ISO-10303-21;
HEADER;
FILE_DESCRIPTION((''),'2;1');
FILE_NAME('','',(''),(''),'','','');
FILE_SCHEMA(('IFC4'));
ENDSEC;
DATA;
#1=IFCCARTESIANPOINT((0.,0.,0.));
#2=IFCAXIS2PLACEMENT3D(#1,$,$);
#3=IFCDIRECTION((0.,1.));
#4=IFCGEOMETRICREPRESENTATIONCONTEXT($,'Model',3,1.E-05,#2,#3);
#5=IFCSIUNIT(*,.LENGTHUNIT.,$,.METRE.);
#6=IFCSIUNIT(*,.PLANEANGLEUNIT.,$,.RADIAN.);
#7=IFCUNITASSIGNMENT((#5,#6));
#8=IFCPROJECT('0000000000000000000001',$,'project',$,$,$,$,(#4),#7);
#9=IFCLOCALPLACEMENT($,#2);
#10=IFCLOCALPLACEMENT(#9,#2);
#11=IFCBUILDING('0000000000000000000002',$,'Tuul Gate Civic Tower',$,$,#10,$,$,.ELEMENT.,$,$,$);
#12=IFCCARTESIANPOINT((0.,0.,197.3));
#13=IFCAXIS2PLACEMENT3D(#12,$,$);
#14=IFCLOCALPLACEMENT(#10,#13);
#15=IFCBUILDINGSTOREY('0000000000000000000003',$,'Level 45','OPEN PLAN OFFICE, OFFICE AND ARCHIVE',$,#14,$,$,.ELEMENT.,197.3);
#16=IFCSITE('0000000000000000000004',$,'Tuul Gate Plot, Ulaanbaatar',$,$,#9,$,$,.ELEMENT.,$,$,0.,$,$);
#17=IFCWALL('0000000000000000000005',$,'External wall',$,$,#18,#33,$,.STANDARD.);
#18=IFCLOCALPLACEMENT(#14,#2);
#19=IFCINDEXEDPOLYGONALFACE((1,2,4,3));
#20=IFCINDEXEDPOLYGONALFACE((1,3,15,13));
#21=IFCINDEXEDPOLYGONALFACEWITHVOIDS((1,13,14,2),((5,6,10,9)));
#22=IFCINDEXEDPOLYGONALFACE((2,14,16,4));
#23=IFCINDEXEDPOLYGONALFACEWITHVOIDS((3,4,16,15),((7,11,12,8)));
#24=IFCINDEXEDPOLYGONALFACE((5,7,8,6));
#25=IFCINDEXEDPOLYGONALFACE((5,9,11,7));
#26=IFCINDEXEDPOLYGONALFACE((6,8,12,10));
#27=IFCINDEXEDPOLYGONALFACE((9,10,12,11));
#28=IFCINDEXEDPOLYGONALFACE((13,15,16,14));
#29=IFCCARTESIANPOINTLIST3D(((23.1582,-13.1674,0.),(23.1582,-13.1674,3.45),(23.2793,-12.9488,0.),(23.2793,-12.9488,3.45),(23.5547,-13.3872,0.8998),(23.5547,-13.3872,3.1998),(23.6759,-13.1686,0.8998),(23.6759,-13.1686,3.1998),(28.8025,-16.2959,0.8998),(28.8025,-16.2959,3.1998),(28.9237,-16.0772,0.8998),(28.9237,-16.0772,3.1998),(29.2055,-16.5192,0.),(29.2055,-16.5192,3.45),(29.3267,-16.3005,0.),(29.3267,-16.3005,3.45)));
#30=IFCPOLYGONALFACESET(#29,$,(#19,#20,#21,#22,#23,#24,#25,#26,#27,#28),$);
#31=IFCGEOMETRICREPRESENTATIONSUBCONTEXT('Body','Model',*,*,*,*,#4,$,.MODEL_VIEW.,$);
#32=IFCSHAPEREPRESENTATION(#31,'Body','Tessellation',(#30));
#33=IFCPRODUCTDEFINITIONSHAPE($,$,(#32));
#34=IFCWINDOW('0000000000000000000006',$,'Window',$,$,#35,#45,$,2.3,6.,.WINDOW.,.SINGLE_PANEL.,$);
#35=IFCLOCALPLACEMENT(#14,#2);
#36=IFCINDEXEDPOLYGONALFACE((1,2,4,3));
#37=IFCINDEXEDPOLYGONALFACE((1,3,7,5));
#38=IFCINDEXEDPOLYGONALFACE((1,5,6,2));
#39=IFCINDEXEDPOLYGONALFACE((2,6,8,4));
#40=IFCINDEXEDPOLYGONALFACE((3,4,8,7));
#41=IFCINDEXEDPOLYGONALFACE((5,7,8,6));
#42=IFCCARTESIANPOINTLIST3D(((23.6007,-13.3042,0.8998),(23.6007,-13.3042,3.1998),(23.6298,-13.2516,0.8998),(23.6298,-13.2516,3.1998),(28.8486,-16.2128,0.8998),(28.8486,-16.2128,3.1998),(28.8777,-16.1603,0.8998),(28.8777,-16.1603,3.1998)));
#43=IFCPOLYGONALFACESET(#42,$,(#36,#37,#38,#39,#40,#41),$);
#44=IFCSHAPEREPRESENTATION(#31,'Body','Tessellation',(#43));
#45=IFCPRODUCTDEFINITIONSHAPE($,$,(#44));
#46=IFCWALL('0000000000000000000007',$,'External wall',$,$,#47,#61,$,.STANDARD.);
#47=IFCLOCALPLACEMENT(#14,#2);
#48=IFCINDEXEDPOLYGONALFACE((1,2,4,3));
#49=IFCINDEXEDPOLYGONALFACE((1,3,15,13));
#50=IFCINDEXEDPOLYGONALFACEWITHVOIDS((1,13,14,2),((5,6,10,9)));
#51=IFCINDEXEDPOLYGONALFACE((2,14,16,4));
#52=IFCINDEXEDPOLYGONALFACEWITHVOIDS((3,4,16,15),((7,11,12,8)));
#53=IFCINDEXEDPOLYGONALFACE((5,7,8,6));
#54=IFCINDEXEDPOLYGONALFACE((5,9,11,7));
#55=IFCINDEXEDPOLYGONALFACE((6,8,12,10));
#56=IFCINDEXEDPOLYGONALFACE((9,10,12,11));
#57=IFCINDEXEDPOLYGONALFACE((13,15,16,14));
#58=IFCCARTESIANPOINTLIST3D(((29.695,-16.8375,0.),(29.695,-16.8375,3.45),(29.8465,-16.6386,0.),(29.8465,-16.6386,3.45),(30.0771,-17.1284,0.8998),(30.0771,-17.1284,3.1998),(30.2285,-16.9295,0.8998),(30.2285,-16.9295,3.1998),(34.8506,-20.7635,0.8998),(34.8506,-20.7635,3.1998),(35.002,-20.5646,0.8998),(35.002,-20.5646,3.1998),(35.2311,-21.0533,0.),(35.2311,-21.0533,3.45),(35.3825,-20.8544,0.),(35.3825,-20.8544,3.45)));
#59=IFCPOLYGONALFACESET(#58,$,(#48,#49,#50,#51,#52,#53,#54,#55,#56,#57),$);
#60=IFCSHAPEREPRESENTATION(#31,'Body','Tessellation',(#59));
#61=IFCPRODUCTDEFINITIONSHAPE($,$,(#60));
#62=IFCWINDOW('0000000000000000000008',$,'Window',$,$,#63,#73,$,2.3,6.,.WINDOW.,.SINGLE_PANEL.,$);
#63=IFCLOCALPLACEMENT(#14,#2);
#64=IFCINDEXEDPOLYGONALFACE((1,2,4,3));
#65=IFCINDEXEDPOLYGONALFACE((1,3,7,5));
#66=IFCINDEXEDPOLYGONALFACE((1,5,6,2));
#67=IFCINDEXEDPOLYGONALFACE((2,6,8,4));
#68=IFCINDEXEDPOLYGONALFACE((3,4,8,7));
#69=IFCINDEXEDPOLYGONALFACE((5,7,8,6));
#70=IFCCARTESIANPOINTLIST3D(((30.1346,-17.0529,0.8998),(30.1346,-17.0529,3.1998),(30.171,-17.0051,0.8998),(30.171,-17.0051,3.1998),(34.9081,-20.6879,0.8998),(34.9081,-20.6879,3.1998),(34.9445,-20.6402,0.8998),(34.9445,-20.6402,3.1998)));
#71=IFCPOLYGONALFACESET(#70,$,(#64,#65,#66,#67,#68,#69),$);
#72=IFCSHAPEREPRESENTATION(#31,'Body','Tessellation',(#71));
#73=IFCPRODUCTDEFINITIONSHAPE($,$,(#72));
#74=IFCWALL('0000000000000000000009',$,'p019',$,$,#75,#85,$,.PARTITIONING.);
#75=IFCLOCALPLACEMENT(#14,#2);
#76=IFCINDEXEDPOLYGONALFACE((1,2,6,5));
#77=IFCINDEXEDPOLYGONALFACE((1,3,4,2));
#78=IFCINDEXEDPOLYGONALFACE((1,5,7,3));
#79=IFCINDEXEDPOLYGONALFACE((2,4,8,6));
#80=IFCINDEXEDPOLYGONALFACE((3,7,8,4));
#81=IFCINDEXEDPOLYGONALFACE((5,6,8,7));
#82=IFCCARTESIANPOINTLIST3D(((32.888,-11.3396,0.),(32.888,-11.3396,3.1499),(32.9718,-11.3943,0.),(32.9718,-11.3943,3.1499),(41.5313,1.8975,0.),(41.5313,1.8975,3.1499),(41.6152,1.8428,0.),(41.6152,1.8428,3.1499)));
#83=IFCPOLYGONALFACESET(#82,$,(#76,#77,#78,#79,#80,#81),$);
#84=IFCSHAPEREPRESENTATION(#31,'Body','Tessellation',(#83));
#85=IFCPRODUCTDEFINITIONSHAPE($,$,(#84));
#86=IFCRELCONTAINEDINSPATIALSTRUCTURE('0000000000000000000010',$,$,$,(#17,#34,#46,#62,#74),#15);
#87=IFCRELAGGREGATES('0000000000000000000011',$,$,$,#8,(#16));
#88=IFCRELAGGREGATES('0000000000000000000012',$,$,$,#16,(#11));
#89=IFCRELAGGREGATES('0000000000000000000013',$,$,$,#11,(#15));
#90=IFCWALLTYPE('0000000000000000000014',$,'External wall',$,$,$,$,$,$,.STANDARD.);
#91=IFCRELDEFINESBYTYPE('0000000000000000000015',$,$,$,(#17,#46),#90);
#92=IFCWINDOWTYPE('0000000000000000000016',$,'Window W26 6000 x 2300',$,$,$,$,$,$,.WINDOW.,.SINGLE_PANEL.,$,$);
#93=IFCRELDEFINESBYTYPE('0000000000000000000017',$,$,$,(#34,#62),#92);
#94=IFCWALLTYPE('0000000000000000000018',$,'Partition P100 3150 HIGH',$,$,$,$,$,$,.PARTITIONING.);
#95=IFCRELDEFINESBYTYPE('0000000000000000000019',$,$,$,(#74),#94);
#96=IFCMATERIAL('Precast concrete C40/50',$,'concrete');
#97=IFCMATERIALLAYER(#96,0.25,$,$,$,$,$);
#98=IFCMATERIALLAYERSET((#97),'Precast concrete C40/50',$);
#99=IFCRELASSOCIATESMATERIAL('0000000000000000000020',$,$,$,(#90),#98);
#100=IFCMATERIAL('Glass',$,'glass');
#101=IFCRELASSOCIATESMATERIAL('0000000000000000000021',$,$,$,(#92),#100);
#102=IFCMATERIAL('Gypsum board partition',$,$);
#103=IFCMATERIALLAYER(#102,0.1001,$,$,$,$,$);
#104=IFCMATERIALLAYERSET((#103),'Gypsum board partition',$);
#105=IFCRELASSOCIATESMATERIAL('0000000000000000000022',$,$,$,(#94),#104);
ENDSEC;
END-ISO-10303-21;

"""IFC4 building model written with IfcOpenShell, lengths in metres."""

from ifc_helpers import new_model, si_unit, direction, frame, frame_2d, origin, place, context, subcontext, project, spatial, rectangle, extrude, material, layer, layer_set, type_object, element, fill, save


model = new_model("IFC4")

# Units and contexts
model_context = context("Model", 3, precision=1e-05, world=origin(), true_north=direction((0.0, 1.0)))
body_context = subcontext(model_context, "Body", "Model", "MODEL_VIEW")
ifc_project = project(units=[si_unit("LENGTHUNIT", "METRE"), si_unit("PLANEANGLEUNIT", "RADIAN")], contexts=[model_context])

# Site, building, storey
site_placement = place(None, origin())
site = spatial("IfcSite", under=ifc_project, at=site_placement, Name="Tuul Gate Plot, Ulaanbaatar", CompositionType="ELEMENT", RefElevation=0.0)
building_placement = place(site_placement, origin())
building = spatial("IfcBuilding", under=site, at=building_placement, Name="Tuul Gate Civic Tower", CompositionType="ELEMENT")
storey_placement = place(building_placement, frame((0.0, 0.0, 197.3)))
storey = spatial("IfcBuildingStorey", under=building, at=storey_placement, Name="Level 45", Description="OPEN PLAN OFFICE, OFFICE AND ARCHIVE", CompositionType="ELEMENT", Elevation=197.3)

# Walls, openings, windows
ifc_material_1 = material(Name="Precast concrete C40/50", Category="concrete")
ifc_layer_1 = layer(ifc_material_1, 0.25)
ifc_layer_set_1 = layer_set([ifc_layer_1], Name="Precast concrete C40/50")
wall_type_1 = type_object("IfcWallType", Name="External wall", PredefinedType="STANDARD", material=ifc_layer_set_1)
wall_1_placement = place(storey_placement, frame((23.2188, -13.0581, 0.0), z_axis=(0.0, 0.0, 1.0), x_axis=(0.874638, -0.484776, 0.0)))
wall_1 = element("IfcWall", 1, at=wall_1_placement, inside=storey, type_object=wall_type_1, Name="External wall", PredefinedType="STANDARD", context=body_context, shape_type="SweptSolid", body=[
    extrude(rectangle(XDim=6.9141, YDim=0.25, at=frame_2d((3.457, 0.0))), origin(), (0.0, 0.0, 1.0), 3.45),
])
opening_1_placement = place(wall_1_placement, frame((0.4534, 0.0, 0.8999)))
opening_1 = element("IfcOpeningElement", 2, at=opening_1_placement, cuts=wall_1, PredefinedType="OPENING", context=body_context, shape_type="SweptSolid", body=[
    extrude(rectangle(XDim=6.0, YDim=2.3, at=frame_2d((3.0, 1.1499))), frame((0.0, 0.135, 0.0), z_axis=(0.0, -1.0, 0.0), x_axis=(1.0, 0.0, 0.0)), (0.0, 0.0, 1.0), 0.27),
])
ifc_material_2 = material(Name="Glass", Category="glass")
window_type = type_object("IfcWindowType", Name="Window W26 6000 x 2300", PartitioningType="SINGLE_PANEL", PredefinedType="WINDOW", material=ifc_material_2)
window_1_placement = place(opening_1_placement, origin())
window_1 = element("IfcWindow", 3, at=window_1_placement, inside=storey, type_object=window_type, Name="Window", OverallHeight=2.3, OverallWidth=6.0, PartitioningType="SINGLE_PANEL", PredefinedType="WINDOW", context=body_context, shape_type="SweptSolid", body=[
    extrude(rectangle(XDim=6.0, YDim=2.3, at=frame_2d((3.0, 1.1499))), frame((0.0, 0.03, 0.0), z_axis=(0.0, -1.0, 0.0), x_axis=(1.0, 0.0, 0.0)), (0.0, 0.0, 1.0), 0.0601),
])
fill(opening_1, window_1)
wall_2_placement = place(storey_placement, frame((29.7708, -16.738, 0.0), z_axis=(0.0, 0.0, 1.0), x_axis=(0.795583, -0.605844, 0.0)))
wall_2 = element("IfcWall", 4, at=wall_2_placement, inside=storey, type_object=wall_type_1, Name="External wall", PredefinedType="STANDARD", context=body_context, shape_type="SweptSolid", body=[
    extrude(rectangle(XDim=6.9585, YDim=0.25, at=frame_2d((3.4792, 0.0))), origin(), (0.0, 0.0, 1.0), 3.45),
])
opening_2_placement = place(wall_2_placement, frame((0.4802, 0.0, 0.8999)))
opening_2 = element("IfcOpeningElement", 5, at=opening_2_placement, cuts=wall_2, PredefinedType="OPENING", context=body_context, shape_type="SweptSolid", body=[
    extrude(rectangle(XDim=6.0, YDim=2.3, at=frame_2d((3.0, 1.1499))), frame((0.0, 0.135, 0.0), z_axis=(0.0, -1.0, 0.0), x_axis=(1.0, 0.0, 0.0)), (0.0, 0.0, 1.0), 0.27),
])
window_2_placement = place(opening_2_placement, origin())
window_2 = element("IfcWindow", 6, at=window_2_placement, inside=storey, type_object=window_type, Name="Window", OverallHeight=2.3, OverallWidth=6.0, PartitioningType="SINGLE_PANEL", PredefinedType="WINDOW", context=body_context, shape_type="SweptSolid", body=[
    extrude(rectangle(XDim=6.0, YDim=2.3, at=frame_2d((3.0, 1.1499))), frame((0.0, 0.03, 0.0), z_axis=(0.0, -1.0, 0.0), x_axis=(1.0, 0.0, 0.0)), (0.0, 0.0, 1.0), 0.0601),
])
fill(opening_2, window_2)

# Wall
ifc_material_3 = material(Name="Gypsum board partition")
ifc_layer_2 = layer(ifc_material_3, 0.1001)
ifc_layer_set_2 = layer_set([ifc_layer_2], Name="Gypsum board partition")
wall_type_2 = type_object("IfcWallType", Name="Partition P100 3150 HIGH", PredefinedType="PARTITIONING", material=ifc_layer_set_2)
wall_3_placement = place(storey_placement, frame((32.9299, -11.3669, 0.0), z_axis=(0.0, 0.0, 1.0), x_axis=(0.546731, 0.837308, 0.0)))
element("IfcWall", 7, at=wall_3_placement, inside=storey, type_object=wall_type_2, Name="p019", PredefinedType="PARTITIONING", context=body_context, shape_type="SweptSolid", body=[
    extrude(rectangle(XDim=15.8091, YDim=0.1001, at=frame_2d((7.9045, 0.0))), origin(), (0.0, 0.0, 1.0), 3.1499),
])

save(model, "model.ifc")
